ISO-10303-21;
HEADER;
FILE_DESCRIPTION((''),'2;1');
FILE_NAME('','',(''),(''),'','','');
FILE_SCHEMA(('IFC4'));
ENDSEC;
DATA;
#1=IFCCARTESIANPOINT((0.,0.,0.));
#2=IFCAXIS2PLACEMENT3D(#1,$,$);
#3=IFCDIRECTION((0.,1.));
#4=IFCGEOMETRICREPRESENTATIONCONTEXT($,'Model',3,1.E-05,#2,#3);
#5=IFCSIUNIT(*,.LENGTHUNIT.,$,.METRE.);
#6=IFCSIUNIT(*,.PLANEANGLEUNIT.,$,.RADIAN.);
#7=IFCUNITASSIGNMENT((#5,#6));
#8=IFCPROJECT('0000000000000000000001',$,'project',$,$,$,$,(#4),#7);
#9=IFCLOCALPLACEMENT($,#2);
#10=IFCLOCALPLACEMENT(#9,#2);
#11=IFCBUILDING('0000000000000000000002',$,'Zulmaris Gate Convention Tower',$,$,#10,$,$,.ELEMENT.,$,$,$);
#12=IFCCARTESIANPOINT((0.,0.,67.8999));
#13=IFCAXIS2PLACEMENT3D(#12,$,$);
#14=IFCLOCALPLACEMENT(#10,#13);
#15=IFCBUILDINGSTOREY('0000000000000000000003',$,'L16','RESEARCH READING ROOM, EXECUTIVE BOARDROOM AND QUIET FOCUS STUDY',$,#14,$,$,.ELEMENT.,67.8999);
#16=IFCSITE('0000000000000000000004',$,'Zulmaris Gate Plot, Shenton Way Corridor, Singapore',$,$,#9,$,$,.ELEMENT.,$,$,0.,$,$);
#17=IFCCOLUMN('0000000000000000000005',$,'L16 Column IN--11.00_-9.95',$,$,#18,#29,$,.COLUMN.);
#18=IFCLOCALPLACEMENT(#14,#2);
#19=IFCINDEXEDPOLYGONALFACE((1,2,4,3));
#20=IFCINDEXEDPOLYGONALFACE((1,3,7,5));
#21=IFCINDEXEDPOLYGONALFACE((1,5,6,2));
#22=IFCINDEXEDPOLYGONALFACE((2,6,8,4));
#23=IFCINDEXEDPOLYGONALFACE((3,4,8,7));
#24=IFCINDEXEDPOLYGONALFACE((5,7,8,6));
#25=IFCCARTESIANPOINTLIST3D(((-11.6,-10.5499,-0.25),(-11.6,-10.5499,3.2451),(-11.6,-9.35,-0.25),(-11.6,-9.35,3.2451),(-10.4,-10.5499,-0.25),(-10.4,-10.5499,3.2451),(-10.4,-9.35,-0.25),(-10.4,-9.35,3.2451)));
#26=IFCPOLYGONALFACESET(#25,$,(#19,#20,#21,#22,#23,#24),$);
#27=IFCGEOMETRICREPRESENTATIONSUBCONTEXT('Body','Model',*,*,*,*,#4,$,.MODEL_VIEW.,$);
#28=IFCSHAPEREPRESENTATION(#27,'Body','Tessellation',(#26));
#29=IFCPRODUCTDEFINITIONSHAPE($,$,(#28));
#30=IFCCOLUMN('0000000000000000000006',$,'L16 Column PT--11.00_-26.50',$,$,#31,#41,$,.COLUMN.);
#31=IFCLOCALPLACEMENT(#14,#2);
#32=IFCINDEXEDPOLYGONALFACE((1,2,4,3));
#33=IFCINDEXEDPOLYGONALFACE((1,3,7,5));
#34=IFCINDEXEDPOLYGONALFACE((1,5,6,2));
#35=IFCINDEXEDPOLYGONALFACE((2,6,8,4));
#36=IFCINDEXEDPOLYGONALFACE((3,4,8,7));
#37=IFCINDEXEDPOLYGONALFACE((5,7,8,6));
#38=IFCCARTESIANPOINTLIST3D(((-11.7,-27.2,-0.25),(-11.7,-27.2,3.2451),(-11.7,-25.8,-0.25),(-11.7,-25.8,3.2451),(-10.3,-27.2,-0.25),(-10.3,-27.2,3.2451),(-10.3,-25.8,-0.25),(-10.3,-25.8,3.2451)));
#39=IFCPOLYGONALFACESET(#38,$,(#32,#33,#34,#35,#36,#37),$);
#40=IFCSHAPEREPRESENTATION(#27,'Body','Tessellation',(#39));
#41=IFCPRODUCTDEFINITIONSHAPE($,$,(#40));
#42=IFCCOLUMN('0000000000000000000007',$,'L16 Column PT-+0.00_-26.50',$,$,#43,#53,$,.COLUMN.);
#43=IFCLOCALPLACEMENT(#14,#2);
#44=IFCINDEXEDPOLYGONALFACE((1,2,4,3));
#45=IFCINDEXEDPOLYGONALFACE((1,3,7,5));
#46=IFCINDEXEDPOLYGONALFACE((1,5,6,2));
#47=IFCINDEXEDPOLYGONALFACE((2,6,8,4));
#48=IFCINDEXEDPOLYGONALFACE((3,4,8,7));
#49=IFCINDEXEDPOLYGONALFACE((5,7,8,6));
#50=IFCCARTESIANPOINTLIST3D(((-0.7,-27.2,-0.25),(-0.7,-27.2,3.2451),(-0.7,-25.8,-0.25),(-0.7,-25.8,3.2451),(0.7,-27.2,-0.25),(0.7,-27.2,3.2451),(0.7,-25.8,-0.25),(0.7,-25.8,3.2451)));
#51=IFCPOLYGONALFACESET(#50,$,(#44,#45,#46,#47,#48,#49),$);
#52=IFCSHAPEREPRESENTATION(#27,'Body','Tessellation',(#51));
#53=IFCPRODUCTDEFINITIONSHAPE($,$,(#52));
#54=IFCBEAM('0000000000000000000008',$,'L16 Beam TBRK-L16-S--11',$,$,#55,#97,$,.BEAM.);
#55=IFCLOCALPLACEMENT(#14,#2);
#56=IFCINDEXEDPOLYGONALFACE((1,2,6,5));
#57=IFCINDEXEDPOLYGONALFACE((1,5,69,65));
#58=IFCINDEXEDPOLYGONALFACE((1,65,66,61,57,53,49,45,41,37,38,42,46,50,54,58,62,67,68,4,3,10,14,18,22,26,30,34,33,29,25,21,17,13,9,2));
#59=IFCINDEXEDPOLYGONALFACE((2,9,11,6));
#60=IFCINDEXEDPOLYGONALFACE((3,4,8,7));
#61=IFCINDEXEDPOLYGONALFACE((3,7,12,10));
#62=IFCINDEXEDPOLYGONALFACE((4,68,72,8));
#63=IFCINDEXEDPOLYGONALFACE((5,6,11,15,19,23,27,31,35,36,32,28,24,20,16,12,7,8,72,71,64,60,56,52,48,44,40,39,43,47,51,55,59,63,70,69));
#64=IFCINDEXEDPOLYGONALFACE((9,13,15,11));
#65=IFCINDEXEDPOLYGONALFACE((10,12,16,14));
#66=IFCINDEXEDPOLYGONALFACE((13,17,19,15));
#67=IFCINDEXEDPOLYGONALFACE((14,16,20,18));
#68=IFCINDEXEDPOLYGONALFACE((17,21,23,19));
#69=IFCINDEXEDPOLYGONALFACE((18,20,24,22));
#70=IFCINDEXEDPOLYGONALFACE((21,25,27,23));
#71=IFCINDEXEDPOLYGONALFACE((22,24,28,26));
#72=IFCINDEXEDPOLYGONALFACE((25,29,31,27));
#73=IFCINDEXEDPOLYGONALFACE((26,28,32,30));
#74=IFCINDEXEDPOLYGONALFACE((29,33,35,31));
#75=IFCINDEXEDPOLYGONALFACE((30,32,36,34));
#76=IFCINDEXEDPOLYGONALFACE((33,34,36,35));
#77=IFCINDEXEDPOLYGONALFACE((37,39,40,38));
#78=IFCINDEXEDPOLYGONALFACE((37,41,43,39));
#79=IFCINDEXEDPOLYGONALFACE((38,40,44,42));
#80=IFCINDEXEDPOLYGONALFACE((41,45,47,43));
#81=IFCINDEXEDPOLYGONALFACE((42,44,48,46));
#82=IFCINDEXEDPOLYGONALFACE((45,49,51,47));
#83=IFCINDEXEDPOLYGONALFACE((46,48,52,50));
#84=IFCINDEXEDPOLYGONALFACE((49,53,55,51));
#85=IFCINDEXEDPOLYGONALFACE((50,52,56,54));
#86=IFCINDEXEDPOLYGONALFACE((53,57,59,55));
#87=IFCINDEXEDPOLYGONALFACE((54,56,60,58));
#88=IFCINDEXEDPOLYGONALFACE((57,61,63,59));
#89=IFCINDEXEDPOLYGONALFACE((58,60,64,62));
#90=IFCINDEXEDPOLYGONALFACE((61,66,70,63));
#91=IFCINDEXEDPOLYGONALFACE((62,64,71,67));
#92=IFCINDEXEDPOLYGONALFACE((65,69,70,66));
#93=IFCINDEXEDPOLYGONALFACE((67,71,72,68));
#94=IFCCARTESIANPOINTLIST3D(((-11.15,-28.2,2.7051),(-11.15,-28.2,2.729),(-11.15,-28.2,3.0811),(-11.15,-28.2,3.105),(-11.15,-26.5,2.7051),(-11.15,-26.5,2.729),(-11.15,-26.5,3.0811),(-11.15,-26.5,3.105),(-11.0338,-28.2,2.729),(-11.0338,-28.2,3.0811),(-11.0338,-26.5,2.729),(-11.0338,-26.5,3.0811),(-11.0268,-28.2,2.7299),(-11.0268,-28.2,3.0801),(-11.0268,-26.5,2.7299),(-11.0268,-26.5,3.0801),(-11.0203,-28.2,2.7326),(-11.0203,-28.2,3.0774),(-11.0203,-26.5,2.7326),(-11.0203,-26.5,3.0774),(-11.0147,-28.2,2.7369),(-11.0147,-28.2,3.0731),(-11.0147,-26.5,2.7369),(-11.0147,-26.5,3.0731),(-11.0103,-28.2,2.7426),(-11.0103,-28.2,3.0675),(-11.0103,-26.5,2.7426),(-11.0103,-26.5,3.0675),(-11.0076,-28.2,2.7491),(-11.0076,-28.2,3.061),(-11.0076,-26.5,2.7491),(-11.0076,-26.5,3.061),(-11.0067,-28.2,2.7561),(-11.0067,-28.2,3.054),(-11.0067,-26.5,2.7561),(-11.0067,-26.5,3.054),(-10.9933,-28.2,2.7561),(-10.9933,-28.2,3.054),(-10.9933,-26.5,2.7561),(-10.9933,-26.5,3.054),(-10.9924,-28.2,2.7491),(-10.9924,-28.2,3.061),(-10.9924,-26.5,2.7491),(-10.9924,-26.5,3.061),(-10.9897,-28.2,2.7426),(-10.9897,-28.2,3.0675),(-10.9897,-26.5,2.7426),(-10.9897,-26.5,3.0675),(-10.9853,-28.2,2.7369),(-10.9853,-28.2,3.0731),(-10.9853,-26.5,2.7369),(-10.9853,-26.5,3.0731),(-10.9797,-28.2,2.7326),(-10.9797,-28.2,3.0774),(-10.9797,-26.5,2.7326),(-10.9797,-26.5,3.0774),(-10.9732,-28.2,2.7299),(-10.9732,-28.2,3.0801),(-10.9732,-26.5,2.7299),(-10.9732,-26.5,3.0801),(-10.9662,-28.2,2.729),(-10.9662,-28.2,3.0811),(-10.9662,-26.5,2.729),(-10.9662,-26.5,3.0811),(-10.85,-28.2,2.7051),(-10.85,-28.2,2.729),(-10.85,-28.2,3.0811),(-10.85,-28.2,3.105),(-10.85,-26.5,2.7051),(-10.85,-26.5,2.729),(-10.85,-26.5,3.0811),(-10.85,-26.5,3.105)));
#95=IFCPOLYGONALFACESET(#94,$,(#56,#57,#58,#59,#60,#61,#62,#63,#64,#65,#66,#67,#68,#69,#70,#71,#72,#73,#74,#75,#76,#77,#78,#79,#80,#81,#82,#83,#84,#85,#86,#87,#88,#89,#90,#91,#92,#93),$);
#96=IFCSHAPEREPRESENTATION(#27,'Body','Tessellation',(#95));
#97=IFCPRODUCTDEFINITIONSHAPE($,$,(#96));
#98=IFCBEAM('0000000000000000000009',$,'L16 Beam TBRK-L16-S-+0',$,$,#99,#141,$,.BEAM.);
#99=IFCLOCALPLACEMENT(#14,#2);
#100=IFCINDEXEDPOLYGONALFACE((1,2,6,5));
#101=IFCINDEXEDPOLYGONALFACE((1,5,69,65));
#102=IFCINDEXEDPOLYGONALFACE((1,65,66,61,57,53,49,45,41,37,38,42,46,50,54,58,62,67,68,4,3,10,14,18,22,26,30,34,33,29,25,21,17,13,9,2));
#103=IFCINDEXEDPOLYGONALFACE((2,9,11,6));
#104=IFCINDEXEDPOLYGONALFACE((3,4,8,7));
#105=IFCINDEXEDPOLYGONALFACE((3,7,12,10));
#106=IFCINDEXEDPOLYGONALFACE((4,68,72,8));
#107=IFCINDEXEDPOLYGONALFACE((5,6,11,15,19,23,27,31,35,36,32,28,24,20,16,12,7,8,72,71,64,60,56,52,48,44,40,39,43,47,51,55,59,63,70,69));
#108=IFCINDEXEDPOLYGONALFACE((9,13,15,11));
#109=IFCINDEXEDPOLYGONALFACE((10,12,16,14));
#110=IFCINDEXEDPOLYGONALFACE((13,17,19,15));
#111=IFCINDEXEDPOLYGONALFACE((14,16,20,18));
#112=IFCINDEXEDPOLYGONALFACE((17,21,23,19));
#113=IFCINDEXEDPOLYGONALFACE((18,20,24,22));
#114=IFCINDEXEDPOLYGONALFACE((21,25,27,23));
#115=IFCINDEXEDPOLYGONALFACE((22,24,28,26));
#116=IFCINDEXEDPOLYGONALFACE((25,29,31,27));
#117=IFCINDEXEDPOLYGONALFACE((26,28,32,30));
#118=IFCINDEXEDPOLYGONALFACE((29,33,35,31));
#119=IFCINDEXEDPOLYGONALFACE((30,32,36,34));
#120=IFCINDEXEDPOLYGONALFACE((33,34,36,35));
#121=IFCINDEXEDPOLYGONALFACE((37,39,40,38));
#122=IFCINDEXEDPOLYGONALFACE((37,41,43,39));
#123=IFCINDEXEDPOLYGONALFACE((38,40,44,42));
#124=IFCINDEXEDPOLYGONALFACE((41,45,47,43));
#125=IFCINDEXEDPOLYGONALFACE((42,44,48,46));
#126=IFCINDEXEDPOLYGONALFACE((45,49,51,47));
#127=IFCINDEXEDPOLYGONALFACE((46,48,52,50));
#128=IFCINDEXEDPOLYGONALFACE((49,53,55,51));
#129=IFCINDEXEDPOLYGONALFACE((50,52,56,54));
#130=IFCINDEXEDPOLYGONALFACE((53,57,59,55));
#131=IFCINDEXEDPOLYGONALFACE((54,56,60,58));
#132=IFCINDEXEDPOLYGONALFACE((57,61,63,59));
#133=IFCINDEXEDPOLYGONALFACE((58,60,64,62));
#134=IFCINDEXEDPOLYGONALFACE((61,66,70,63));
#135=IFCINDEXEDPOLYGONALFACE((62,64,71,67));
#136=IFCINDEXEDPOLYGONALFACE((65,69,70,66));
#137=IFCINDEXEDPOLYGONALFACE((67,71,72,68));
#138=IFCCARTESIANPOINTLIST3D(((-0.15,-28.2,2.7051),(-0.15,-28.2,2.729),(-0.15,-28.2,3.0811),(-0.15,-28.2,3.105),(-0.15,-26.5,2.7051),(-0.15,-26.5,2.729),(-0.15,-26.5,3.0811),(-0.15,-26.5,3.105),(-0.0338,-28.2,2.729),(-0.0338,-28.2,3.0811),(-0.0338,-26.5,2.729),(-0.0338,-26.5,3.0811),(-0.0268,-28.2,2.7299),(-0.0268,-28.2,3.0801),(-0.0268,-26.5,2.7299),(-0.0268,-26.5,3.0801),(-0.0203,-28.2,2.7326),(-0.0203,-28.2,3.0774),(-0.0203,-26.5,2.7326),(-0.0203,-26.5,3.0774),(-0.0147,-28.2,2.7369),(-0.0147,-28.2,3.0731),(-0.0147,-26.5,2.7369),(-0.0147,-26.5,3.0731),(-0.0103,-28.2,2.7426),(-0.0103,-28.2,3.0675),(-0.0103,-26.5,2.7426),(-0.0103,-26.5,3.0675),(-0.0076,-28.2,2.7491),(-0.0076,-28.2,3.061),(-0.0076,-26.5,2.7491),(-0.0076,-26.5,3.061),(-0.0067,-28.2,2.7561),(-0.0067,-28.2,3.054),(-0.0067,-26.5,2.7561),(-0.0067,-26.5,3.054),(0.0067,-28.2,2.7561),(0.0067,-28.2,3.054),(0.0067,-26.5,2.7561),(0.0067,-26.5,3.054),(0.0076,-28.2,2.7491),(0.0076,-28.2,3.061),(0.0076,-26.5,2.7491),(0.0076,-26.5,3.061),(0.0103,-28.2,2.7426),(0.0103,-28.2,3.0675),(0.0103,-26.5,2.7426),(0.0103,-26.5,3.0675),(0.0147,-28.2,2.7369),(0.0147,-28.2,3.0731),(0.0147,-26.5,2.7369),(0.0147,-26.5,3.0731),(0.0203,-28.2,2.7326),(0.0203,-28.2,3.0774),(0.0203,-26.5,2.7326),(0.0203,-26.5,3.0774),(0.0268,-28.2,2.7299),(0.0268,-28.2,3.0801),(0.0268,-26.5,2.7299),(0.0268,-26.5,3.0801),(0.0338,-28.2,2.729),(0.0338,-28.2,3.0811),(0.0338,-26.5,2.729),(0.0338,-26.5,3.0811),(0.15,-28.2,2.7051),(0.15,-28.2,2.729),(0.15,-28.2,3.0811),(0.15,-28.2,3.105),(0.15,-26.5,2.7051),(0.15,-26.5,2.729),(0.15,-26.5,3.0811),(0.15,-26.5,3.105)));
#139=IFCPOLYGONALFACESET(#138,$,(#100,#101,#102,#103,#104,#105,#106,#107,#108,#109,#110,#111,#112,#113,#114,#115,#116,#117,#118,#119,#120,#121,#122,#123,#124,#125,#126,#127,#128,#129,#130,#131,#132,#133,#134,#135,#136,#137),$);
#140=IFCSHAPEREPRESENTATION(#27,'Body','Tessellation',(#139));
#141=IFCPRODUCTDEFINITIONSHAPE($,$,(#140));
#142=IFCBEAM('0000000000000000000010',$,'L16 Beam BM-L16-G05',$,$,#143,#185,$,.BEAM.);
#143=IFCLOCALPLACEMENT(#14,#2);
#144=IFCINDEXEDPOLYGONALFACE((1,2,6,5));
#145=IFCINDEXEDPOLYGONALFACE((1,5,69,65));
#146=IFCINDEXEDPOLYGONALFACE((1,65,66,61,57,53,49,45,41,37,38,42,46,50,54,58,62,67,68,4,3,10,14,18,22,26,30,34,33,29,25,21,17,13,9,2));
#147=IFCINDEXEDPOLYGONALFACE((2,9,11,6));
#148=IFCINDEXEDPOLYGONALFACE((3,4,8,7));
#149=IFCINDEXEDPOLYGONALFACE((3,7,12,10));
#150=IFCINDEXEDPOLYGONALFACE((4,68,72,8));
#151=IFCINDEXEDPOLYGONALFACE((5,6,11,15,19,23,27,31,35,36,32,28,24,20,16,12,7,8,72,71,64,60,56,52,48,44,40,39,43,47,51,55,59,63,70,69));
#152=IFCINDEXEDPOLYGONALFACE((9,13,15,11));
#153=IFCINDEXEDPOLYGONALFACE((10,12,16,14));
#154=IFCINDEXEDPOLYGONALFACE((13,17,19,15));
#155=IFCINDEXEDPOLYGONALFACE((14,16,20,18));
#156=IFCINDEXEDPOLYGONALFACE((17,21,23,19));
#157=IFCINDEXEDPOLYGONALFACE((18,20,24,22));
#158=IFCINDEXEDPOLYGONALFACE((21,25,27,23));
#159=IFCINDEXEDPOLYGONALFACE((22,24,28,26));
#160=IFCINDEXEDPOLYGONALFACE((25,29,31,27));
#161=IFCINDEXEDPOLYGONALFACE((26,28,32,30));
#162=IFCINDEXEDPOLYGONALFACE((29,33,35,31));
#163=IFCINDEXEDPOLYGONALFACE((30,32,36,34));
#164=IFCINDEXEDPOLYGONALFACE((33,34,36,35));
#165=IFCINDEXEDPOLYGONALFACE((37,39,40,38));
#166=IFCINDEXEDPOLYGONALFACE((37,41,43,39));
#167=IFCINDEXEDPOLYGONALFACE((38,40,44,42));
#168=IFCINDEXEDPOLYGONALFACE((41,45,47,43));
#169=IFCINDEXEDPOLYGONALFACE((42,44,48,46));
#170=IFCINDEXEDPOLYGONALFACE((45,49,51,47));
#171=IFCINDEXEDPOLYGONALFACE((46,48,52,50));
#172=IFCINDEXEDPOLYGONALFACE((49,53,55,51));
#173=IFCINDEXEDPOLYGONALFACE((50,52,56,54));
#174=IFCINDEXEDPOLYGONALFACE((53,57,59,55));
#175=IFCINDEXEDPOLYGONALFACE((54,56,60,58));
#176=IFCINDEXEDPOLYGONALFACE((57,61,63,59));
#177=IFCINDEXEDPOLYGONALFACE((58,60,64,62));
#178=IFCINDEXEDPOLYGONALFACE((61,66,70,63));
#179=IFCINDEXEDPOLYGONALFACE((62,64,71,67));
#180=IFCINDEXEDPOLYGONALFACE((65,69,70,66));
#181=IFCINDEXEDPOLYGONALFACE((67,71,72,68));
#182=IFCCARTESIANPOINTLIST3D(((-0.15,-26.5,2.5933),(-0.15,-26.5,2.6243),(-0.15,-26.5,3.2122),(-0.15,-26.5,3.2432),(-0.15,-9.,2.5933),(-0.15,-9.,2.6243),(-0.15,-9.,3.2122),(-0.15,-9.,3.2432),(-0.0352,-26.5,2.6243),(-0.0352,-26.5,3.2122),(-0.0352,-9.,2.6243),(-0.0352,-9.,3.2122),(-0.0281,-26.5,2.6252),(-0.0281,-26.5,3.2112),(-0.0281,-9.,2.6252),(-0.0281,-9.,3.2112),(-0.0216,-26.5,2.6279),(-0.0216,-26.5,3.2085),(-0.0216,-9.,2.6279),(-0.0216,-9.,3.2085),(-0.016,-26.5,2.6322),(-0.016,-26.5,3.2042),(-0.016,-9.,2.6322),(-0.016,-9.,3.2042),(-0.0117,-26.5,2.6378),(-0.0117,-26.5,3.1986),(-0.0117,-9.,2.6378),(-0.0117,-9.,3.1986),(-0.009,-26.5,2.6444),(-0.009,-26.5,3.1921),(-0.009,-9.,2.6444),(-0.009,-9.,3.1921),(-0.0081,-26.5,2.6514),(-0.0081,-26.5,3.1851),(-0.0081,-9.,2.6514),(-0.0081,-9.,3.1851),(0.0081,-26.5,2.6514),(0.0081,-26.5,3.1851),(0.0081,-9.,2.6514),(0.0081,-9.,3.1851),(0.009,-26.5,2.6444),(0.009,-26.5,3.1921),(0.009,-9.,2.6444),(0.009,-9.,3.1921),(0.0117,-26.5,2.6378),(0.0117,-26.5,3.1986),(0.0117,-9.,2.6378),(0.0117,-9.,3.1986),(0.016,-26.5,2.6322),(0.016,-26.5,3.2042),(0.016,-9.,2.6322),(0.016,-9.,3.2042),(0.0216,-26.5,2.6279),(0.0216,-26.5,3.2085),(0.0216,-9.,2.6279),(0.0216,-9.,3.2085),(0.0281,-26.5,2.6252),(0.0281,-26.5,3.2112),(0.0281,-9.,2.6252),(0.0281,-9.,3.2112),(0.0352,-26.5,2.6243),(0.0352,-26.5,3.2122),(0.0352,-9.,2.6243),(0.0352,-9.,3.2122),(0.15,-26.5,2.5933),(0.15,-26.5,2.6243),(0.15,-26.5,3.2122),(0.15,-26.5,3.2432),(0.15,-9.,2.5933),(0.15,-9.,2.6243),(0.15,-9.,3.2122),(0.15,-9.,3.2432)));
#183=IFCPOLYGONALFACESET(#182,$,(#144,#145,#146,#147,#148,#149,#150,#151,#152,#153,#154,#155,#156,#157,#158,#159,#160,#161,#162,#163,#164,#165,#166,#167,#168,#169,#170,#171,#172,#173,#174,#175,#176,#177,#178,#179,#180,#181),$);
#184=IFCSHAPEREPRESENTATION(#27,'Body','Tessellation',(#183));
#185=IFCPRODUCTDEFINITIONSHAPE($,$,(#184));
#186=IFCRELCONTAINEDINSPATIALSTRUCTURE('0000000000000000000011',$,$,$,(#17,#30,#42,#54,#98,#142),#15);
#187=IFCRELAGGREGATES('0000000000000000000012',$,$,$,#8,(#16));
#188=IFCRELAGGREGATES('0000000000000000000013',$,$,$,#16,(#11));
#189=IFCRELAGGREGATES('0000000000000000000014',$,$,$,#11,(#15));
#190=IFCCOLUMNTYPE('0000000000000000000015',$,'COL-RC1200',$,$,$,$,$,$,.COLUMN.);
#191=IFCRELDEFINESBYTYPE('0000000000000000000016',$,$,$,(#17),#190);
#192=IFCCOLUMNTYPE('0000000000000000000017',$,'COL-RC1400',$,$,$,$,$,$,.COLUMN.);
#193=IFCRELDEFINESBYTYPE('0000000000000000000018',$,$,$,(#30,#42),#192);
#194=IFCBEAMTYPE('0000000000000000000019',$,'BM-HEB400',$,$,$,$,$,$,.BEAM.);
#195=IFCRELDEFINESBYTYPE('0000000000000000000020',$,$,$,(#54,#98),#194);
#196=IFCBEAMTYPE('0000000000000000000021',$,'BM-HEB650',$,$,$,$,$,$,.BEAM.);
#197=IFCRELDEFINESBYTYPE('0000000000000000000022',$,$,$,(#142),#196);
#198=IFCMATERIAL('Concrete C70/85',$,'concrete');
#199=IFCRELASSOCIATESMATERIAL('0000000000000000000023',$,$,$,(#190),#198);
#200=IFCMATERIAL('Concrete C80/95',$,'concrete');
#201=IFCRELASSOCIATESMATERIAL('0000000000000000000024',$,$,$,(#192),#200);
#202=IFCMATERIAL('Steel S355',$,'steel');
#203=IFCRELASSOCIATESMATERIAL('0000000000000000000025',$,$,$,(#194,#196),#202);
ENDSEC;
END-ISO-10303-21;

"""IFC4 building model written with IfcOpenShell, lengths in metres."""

from ifc_helpers import new_model, si_unit, direction, frame, origin, origin_2d, place, context, subcontext, project, spatial, rectangle, i_section, extrude, material, material_profile, profile_set, type_object, element, save


model = new_model("IFC4")

# Units and contexts
model_context = context("Model", 3, precision=1e-05, world=origin(), true_north=direction((0.0, 1.0)))
body_context = subcontext(model_context, "Body", "Model", "MODEL_VIEW")
ifc_project = project(units=[si_unit("LENGTHUNIT", "METRE"), si_unit("PLANEANGLEUNIT", "RADIAN")], contexts=[model_context])

# Site, building, storey
site_placement = place(None, origin())
site = spatial("IfcSite", under=ifc_project, at=site_placement, Name="Zulmaris Gate Plot, Shenton Way Corridor, Singapore", CompositionType="ELEMENT", RefElevation=0.0)
building_placement = place(site_placement, origin())
building = spatial("IfcBuilding", under=site, at=building_placement, Name="Zulmaris Gate Convention Tower", CompositionType="ELEMENT")
storey_placement = place(building_placement, frame((0.0, 0.0, 67.8999)))
storey = spatial("IfcBuildingStorey", under=building, at=storey_placement, Name="L16", Description="RESEARCH READING ROOM, EXECUTIVE BOARDROOM AND QUIET FOCUS STUDY", CompositionType="ELEMENT", Elevation=67.8999)

# Columns
ifc_material_1 = material(Name="Concrete C70/85", Category="concrete")
ifc_material_profile_1 = material_profile(ifc_material_1, rectangle(XDim=1.2, YDim=1.2, at=origin_2d()), Name="RC COL 1200x1200")
ifc_profile_set_1 = profile_set([ifc_material_profile_1], Name="Concrete C70/85")
column_type_1 = type_object("IfcColumnType", Name="COL-RC1200", PredefinedType="COLUMN", material=ifc_profile_set_1)
column_placement = place(storey_placement, frame((-11.0, -9.95, -0.25), z_axis=(0.0, 0.0, 1.0), x_axis=(1.0, 0.0, 0.0)))
element("IfcColumn", 1, at=column_placement, inside=storey, type_object=column_type_1, Name="L16 Column IN--11.00_-9.95", PredefinedType="COLUMN", context=body_context, shape_type="SweptSolid", body=[
    extrude(rectangle(XDim=1.2, YDim=1.2, at=origin_2d()), origin(), (0.0, 0.0, 1.0), 3.4951),
])
ifc_material_2 = material(Name="Concrete C80/95", Category="concrete")
ifc_material_profile_2 = material_profile(ifc_material_2, rectangle(XDim=1.3999, YDim=1.3999, at=origin_2d()), Name="RC COL 1400x1400")
ifc_profile_set_2 = profile_set([ifc_material_profile_2], Name="Concrete C80/95")
column_type_2 = type_object("IfcColumnType", Name="COL-RC1400", PredefinedType="COLUMN", material=ifc_profile_set_2)
for number, where, z_axis, x_axis, name in (
    (2, (-11.0, -26.5, -0.25), (0.0, 0.0, 1.0), (1.0, 0.0, 0.0), "L16 Column PT--11.00_-26.50"),
    (3, (0.0, -26.5, -0.25), (0.0, 0.0, 1.0), (1.0, 0.0, 0.0), "L16 Column PT-+0.00_-26.50"),
):
    element("IfcColumn", number, at=place(storey_placement, frame(where, z_axis=z_axis, x_axis=x_axis)), inside=storey, type_object=column_type_2, Name=name, PredefinedType="COLUMN", context=body_context, shape_type="SweptSolid", body=[
        extrude(rectangle(XDim=1.3999, YDim=1.3999, at=origin_2d()), origin(), (0.0, 0.0, 1.0), 3.4951),
    ])

# Beams
ifc_material_3 = material(Name="Steel S355", Category="steel")
ifc_material_profile_3 = material_profile(ifc_material_3, i_section(OverallWidth=0.3, OverallDepth=0.3999, WebThickness=0.0134, FlangeThickness=0.0239, FilletRadius=0.0271, at=origin_2d()), Name="HEB 400")
ifc_profile_set_3 = profile_set([ifc_material_profile_3], Name="Steel S355")
beam_type_1 = type_object("IfcBeamType", Name="BM-HEB400", PredefinedType="BEAM", material=ifc_profile_set_3)
for number, where, z_axis, x_axis, name in (
    (4, (-11.0, -28.2, 2.905), (0.0, 1.0, 0.0), (-1.0, 0.0, 0.0), "L16 Beam TBRK-L16-S--11"),
    (5, (0.0, -28.2, 2.905), (0.0, 1.0, 0.0), (-1.0, 0.0, 0.0), "L16 Beam TBRK-L16-S-+0"),
):
    element("IfcBeam", number, at=place(storey_placement, frame(where, z_axis=z_axis, x_axis=x_axis)), inside=storey, type_object=beam_type_1, Name=name, PredefinedType="BEAM", context=body_context, shape_type="SweptSolid", body=[
        extrude(i_section(OverallWidth=0.3, OverallDepth=0.3999, WebThickness=0.0134, FlangeThickness=0.0239, FilletRadius=0.0271, at=origin_2d()), origin(), (0.0, 0.0, 1.0), 1.7),
    ])
ifc_material_profile_4 = material_profile(ifc_material_3, i_section(OverallWidth=0.3, OverallDepth=0.6499, WebThickness=0.0161, FlangeThickness=0.031, FilletRadius=0.0271, at=origin_2d()), Name="HEB 650")
ifc_profile_set_4 = profile_set([ifc_material_profile_4], Name="Steel S355")
beam_type_2 = type_object("IfcBeamType", Name="BM-HEB650", PredefinedType="BEAM", material=ifc_profile_set_4)
beam_1_placement = place(storey_placement, frame((0.0, -26.5, 2.9182), z_axis=(0.0, 1.0, 0.0), x_axis=(-1.0, 0.0, 0.0)))
element("IfcBeam", 6, at=beam_1_placement, inside=storey, type_object=beam_type_2, Name="L16 Beam BM-L16-G05", PredefinedType="BEAM", context=body_context, shape_type="SweptSolid", body=[
    extrude(i_section(OverallWidth=0.3, OverallDepth=0.6499, WebThickness=0.0161, FlangeThickness=0.031, FilletRadius=0.0271, at=origin_2d()), origin(), (0.0, 0.0, 1.0), 17.5),
])

save(model, "model.ifc")
